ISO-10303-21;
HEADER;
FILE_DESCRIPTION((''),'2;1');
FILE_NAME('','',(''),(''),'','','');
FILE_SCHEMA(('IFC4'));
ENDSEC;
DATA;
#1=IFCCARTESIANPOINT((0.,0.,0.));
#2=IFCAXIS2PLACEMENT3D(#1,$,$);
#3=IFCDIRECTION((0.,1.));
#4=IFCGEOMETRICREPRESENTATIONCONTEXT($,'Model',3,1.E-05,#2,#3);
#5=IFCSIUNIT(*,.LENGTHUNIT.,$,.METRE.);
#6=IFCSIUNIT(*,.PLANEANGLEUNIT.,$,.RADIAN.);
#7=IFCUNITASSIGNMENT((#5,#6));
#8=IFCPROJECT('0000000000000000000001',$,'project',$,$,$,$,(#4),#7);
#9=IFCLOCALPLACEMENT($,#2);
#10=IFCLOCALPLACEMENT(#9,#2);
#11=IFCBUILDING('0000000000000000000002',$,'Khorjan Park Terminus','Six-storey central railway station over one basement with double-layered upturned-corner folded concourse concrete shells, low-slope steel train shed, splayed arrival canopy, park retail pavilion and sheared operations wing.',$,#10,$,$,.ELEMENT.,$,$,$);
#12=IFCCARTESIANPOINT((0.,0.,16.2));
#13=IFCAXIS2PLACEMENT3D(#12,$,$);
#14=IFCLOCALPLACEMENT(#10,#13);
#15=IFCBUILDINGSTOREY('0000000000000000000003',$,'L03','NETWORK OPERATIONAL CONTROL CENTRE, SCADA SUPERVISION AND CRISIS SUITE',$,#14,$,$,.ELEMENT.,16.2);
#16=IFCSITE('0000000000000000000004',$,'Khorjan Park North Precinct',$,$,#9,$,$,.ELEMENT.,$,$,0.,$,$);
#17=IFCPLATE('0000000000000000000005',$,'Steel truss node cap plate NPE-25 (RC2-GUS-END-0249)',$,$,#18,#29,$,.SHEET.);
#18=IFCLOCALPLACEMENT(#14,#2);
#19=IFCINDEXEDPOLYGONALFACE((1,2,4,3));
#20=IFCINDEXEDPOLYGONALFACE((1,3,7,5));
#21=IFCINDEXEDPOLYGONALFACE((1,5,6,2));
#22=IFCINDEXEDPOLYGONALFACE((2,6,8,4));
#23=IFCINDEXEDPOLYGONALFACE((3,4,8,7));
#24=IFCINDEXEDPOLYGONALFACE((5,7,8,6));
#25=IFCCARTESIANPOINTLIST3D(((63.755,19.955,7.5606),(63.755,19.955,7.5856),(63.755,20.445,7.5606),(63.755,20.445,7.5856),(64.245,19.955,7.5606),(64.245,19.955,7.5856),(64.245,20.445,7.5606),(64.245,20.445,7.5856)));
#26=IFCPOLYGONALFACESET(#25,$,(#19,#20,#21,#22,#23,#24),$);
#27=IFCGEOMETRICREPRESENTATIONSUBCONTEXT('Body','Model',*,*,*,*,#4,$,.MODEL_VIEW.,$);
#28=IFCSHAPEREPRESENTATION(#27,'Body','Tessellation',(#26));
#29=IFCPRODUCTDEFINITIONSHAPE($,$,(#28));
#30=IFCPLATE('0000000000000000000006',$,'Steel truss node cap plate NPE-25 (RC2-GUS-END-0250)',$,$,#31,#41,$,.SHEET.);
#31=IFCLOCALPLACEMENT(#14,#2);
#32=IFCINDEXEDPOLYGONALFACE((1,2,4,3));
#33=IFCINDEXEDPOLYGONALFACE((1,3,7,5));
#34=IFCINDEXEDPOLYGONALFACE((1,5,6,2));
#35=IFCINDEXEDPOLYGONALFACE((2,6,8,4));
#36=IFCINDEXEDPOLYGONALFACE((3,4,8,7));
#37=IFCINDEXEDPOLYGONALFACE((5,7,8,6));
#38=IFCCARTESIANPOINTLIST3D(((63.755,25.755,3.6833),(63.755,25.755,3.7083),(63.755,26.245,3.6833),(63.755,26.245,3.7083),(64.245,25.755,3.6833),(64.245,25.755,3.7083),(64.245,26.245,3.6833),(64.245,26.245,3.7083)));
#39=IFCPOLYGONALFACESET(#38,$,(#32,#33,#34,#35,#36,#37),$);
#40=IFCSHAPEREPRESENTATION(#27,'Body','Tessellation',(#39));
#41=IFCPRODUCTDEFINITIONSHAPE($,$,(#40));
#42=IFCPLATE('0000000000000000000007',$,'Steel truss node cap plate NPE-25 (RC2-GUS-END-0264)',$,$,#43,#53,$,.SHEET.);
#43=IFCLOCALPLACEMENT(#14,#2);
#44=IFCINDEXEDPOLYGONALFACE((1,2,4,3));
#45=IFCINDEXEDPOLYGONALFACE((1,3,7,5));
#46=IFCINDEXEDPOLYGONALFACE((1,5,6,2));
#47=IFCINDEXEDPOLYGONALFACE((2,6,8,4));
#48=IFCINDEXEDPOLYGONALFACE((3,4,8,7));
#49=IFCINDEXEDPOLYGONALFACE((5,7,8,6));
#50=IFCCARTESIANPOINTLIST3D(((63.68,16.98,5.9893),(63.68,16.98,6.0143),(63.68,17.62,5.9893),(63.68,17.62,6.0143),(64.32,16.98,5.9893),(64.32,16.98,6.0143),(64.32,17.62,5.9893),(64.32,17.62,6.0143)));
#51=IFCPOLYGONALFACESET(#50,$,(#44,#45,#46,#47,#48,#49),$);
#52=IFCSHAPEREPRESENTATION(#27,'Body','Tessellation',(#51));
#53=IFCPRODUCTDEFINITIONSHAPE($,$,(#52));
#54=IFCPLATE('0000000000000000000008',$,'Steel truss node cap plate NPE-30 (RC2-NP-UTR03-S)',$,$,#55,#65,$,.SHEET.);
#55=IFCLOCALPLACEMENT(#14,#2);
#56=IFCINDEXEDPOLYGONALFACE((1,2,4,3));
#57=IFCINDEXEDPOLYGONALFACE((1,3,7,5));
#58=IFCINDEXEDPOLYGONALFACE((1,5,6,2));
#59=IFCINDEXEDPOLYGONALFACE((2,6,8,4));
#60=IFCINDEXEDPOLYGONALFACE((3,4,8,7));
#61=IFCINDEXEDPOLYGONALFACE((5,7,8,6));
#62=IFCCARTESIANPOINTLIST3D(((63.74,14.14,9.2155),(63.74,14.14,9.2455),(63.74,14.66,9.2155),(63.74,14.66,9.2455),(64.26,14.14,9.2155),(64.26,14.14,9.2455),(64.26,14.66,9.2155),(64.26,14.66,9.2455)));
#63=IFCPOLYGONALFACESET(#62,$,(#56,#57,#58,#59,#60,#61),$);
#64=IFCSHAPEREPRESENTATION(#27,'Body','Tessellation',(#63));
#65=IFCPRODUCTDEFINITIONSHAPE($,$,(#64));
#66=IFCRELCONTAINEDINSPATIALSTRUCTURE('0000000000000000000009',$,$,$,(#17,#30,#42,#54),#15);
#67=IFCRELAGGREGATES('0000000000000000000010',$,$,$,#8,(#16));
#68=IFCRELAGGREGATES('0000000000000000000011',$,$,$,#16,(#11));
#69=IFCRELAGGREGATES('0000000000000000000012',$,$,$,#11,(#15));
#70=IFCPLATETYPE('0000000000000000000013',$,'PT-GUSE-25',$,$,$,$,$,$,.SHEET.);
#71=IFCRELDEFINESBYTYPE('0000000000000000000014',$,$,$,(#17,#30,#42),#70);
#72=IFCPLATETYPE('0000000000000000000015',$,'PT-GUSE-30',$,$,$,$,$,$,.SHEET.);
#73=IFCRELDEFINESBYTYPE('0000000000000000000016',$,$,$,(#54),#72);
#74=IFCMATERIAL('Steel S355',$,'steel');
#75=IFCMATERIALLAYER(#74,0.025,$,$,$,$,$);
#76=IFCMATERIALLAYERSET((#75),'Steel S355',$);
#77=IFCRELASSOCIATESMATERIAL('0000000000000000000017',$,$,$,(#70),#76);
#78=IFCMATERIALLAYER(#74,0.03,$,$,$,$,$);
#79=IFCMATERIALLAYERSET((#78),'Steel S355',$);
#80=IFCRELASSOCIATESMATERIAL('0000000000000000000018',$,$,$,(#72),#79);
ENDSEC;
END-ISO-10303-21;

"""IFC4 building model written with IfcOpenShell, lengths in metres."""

from ifc_helpers import new_model, si_unit, direction, frame, origin, origin_2d, place, context, subcontext, project, spatial, rectangle, extrude, material, layer, layer_set, type_object, element, save


model = new_model("IFC4")

# Units and contexts
model_context = context("Model", 3, precision=1e-05, world=origin(), true_north=direction((0.0, 1.0)))
body_context = subcontext(model_context, "Body", "Model", "MODEL_VIEW")
ifc_project = project(units=[si_unit("LENGTHUNIT", "METRE"), si_unit("PLANEANGLEUNIT", "RADIAN")], contexts=[model_context])

# Site, building, storey
site_placement = place(None, origin())
site = spatial("IfcSite", under=ifc_project, at=site_placement, Name="Khorjan Park North Precinct", CompositionType="ELEMENT", RefElevation=0.0)
building_placement = place(site_placement, origin())
building = spatial("IfcBuilding", under=site, at=building_placement, Name="Khorjan Park Terminus", Description="Six-storey central railway station over one basement with double-layered upturned-corner folded concourse concrete shells, low-slope steel train shed, splayed arrival canopy, park retail pavilion and sheared operations wing.", CompositionType="ELEMENT")
storey_placement = place(building_placement, frame((0.0, 0.0, 16.2)))
storey = spatial("IfcBuildingStorey", under=building, at=storey_placement, Name="L03", Description="NETWORK OPERATIONAL CONTROL CENTRE, SCADA SUPERVISION AND CRISIS SUITE", CompositionType="ELEMENT", Elevation=16.2)

# Shared definitions
ifc_material_1 = material(Name="Steel S355", Category="steel")

# Plates
ifc_layer_1 = layer(ifc_material_1, 0.025)
ifc_layer_set_1 = layer_set([ifc_layer_1], Name="Steel S355")
plate_type_1 = type_object("IfcPlateType", Name="PT-GUSE-25", PredefinedType="SHEET", material=ifc_layer_set_1)
for number, where, z_axis, x_axis, name in (
    (1, (64.0, 20.2, 7.5606), (0.0, 0.0, 1.0), (1.0, 0.0, 0.0), "Steel truss node cap plate NPE-25 (RC2-GUS-END-0249)"),
    (2, (64.0, 26.0, 3.6833), (0.0, 0.0, 1.0), (1.0, 0.0, 0.0), "Steel truss node cap plate NPE-25 (RC2-GUS-END-0250)"),
):
    element("IfcPlate", number, at=place(storey_placement, frame(where, z_axis=z_axis, x_axis=x_axis)), inside=storey, type_object=plate_type_1, Name=name, PredefinedType="SHEET", context=body_context, shape_type="SweptSolid", body=[
        extrude(rectangle(XDim=0.49, YDim=0.49, at=origin_2d()), origin(), (0.0, 0.0, 1.0), 0.025),
    ])
plate_1_placement = place(storey_placement, frame((64.0, 17.3, 5.9893), z_axis=(0.0, 0.0, 1.0), x_axis=(1.0, 0.0, 0.0)))
element("IfcPlate", 3, at=plate_1_placement, inside=storey, type_object=plate_type_1, Name="Steel truss node cap plate NPE-25 (RC2-GUS-END-0264)", PredefinedType="SHEET", context=body_context, shape_type="SweptSolid", body=[
    extrude(rectangle(XDim=0.64, YDim=0.64, at=origin_2d()), origin(), (0.0, 0.0, 1.0), 0.025),
])
ifc_layer_2 = layer(ifc_material_1, 0.03)
ifc_layer_set_2 = layer_set([ifc_layer_2], Name="Steel S355")
plate_type_2 = type_object("IfcPlateType", Name="PT-GUSE-30", PredefinedType="SHEET", material=ifc_layer_set_2)
plate_2_placement = place(storey_placement, frame((64.0, 14.4, 9.2155), z_axis=(0.0, 0.0, 1.0), x_axis=(1.0, 0.0, 0.0)))
element("IfcPlate", 4, at=plate_2_placement, inside=storey, type_object=plate_type_2, Name="Steel truss node cap plate NPE-30 (RC2-NP-UTR03-S)", PredefinedType="SHEET", context=body_context, shape_type="SweptSolid", body=[
    extrude(rectangle(XDim=0.52, YDim=0.52, at=origin_2d()), origin(), (0.0, 0.0, 1.0), 0.03),
])

save(model, "model.ifc")
